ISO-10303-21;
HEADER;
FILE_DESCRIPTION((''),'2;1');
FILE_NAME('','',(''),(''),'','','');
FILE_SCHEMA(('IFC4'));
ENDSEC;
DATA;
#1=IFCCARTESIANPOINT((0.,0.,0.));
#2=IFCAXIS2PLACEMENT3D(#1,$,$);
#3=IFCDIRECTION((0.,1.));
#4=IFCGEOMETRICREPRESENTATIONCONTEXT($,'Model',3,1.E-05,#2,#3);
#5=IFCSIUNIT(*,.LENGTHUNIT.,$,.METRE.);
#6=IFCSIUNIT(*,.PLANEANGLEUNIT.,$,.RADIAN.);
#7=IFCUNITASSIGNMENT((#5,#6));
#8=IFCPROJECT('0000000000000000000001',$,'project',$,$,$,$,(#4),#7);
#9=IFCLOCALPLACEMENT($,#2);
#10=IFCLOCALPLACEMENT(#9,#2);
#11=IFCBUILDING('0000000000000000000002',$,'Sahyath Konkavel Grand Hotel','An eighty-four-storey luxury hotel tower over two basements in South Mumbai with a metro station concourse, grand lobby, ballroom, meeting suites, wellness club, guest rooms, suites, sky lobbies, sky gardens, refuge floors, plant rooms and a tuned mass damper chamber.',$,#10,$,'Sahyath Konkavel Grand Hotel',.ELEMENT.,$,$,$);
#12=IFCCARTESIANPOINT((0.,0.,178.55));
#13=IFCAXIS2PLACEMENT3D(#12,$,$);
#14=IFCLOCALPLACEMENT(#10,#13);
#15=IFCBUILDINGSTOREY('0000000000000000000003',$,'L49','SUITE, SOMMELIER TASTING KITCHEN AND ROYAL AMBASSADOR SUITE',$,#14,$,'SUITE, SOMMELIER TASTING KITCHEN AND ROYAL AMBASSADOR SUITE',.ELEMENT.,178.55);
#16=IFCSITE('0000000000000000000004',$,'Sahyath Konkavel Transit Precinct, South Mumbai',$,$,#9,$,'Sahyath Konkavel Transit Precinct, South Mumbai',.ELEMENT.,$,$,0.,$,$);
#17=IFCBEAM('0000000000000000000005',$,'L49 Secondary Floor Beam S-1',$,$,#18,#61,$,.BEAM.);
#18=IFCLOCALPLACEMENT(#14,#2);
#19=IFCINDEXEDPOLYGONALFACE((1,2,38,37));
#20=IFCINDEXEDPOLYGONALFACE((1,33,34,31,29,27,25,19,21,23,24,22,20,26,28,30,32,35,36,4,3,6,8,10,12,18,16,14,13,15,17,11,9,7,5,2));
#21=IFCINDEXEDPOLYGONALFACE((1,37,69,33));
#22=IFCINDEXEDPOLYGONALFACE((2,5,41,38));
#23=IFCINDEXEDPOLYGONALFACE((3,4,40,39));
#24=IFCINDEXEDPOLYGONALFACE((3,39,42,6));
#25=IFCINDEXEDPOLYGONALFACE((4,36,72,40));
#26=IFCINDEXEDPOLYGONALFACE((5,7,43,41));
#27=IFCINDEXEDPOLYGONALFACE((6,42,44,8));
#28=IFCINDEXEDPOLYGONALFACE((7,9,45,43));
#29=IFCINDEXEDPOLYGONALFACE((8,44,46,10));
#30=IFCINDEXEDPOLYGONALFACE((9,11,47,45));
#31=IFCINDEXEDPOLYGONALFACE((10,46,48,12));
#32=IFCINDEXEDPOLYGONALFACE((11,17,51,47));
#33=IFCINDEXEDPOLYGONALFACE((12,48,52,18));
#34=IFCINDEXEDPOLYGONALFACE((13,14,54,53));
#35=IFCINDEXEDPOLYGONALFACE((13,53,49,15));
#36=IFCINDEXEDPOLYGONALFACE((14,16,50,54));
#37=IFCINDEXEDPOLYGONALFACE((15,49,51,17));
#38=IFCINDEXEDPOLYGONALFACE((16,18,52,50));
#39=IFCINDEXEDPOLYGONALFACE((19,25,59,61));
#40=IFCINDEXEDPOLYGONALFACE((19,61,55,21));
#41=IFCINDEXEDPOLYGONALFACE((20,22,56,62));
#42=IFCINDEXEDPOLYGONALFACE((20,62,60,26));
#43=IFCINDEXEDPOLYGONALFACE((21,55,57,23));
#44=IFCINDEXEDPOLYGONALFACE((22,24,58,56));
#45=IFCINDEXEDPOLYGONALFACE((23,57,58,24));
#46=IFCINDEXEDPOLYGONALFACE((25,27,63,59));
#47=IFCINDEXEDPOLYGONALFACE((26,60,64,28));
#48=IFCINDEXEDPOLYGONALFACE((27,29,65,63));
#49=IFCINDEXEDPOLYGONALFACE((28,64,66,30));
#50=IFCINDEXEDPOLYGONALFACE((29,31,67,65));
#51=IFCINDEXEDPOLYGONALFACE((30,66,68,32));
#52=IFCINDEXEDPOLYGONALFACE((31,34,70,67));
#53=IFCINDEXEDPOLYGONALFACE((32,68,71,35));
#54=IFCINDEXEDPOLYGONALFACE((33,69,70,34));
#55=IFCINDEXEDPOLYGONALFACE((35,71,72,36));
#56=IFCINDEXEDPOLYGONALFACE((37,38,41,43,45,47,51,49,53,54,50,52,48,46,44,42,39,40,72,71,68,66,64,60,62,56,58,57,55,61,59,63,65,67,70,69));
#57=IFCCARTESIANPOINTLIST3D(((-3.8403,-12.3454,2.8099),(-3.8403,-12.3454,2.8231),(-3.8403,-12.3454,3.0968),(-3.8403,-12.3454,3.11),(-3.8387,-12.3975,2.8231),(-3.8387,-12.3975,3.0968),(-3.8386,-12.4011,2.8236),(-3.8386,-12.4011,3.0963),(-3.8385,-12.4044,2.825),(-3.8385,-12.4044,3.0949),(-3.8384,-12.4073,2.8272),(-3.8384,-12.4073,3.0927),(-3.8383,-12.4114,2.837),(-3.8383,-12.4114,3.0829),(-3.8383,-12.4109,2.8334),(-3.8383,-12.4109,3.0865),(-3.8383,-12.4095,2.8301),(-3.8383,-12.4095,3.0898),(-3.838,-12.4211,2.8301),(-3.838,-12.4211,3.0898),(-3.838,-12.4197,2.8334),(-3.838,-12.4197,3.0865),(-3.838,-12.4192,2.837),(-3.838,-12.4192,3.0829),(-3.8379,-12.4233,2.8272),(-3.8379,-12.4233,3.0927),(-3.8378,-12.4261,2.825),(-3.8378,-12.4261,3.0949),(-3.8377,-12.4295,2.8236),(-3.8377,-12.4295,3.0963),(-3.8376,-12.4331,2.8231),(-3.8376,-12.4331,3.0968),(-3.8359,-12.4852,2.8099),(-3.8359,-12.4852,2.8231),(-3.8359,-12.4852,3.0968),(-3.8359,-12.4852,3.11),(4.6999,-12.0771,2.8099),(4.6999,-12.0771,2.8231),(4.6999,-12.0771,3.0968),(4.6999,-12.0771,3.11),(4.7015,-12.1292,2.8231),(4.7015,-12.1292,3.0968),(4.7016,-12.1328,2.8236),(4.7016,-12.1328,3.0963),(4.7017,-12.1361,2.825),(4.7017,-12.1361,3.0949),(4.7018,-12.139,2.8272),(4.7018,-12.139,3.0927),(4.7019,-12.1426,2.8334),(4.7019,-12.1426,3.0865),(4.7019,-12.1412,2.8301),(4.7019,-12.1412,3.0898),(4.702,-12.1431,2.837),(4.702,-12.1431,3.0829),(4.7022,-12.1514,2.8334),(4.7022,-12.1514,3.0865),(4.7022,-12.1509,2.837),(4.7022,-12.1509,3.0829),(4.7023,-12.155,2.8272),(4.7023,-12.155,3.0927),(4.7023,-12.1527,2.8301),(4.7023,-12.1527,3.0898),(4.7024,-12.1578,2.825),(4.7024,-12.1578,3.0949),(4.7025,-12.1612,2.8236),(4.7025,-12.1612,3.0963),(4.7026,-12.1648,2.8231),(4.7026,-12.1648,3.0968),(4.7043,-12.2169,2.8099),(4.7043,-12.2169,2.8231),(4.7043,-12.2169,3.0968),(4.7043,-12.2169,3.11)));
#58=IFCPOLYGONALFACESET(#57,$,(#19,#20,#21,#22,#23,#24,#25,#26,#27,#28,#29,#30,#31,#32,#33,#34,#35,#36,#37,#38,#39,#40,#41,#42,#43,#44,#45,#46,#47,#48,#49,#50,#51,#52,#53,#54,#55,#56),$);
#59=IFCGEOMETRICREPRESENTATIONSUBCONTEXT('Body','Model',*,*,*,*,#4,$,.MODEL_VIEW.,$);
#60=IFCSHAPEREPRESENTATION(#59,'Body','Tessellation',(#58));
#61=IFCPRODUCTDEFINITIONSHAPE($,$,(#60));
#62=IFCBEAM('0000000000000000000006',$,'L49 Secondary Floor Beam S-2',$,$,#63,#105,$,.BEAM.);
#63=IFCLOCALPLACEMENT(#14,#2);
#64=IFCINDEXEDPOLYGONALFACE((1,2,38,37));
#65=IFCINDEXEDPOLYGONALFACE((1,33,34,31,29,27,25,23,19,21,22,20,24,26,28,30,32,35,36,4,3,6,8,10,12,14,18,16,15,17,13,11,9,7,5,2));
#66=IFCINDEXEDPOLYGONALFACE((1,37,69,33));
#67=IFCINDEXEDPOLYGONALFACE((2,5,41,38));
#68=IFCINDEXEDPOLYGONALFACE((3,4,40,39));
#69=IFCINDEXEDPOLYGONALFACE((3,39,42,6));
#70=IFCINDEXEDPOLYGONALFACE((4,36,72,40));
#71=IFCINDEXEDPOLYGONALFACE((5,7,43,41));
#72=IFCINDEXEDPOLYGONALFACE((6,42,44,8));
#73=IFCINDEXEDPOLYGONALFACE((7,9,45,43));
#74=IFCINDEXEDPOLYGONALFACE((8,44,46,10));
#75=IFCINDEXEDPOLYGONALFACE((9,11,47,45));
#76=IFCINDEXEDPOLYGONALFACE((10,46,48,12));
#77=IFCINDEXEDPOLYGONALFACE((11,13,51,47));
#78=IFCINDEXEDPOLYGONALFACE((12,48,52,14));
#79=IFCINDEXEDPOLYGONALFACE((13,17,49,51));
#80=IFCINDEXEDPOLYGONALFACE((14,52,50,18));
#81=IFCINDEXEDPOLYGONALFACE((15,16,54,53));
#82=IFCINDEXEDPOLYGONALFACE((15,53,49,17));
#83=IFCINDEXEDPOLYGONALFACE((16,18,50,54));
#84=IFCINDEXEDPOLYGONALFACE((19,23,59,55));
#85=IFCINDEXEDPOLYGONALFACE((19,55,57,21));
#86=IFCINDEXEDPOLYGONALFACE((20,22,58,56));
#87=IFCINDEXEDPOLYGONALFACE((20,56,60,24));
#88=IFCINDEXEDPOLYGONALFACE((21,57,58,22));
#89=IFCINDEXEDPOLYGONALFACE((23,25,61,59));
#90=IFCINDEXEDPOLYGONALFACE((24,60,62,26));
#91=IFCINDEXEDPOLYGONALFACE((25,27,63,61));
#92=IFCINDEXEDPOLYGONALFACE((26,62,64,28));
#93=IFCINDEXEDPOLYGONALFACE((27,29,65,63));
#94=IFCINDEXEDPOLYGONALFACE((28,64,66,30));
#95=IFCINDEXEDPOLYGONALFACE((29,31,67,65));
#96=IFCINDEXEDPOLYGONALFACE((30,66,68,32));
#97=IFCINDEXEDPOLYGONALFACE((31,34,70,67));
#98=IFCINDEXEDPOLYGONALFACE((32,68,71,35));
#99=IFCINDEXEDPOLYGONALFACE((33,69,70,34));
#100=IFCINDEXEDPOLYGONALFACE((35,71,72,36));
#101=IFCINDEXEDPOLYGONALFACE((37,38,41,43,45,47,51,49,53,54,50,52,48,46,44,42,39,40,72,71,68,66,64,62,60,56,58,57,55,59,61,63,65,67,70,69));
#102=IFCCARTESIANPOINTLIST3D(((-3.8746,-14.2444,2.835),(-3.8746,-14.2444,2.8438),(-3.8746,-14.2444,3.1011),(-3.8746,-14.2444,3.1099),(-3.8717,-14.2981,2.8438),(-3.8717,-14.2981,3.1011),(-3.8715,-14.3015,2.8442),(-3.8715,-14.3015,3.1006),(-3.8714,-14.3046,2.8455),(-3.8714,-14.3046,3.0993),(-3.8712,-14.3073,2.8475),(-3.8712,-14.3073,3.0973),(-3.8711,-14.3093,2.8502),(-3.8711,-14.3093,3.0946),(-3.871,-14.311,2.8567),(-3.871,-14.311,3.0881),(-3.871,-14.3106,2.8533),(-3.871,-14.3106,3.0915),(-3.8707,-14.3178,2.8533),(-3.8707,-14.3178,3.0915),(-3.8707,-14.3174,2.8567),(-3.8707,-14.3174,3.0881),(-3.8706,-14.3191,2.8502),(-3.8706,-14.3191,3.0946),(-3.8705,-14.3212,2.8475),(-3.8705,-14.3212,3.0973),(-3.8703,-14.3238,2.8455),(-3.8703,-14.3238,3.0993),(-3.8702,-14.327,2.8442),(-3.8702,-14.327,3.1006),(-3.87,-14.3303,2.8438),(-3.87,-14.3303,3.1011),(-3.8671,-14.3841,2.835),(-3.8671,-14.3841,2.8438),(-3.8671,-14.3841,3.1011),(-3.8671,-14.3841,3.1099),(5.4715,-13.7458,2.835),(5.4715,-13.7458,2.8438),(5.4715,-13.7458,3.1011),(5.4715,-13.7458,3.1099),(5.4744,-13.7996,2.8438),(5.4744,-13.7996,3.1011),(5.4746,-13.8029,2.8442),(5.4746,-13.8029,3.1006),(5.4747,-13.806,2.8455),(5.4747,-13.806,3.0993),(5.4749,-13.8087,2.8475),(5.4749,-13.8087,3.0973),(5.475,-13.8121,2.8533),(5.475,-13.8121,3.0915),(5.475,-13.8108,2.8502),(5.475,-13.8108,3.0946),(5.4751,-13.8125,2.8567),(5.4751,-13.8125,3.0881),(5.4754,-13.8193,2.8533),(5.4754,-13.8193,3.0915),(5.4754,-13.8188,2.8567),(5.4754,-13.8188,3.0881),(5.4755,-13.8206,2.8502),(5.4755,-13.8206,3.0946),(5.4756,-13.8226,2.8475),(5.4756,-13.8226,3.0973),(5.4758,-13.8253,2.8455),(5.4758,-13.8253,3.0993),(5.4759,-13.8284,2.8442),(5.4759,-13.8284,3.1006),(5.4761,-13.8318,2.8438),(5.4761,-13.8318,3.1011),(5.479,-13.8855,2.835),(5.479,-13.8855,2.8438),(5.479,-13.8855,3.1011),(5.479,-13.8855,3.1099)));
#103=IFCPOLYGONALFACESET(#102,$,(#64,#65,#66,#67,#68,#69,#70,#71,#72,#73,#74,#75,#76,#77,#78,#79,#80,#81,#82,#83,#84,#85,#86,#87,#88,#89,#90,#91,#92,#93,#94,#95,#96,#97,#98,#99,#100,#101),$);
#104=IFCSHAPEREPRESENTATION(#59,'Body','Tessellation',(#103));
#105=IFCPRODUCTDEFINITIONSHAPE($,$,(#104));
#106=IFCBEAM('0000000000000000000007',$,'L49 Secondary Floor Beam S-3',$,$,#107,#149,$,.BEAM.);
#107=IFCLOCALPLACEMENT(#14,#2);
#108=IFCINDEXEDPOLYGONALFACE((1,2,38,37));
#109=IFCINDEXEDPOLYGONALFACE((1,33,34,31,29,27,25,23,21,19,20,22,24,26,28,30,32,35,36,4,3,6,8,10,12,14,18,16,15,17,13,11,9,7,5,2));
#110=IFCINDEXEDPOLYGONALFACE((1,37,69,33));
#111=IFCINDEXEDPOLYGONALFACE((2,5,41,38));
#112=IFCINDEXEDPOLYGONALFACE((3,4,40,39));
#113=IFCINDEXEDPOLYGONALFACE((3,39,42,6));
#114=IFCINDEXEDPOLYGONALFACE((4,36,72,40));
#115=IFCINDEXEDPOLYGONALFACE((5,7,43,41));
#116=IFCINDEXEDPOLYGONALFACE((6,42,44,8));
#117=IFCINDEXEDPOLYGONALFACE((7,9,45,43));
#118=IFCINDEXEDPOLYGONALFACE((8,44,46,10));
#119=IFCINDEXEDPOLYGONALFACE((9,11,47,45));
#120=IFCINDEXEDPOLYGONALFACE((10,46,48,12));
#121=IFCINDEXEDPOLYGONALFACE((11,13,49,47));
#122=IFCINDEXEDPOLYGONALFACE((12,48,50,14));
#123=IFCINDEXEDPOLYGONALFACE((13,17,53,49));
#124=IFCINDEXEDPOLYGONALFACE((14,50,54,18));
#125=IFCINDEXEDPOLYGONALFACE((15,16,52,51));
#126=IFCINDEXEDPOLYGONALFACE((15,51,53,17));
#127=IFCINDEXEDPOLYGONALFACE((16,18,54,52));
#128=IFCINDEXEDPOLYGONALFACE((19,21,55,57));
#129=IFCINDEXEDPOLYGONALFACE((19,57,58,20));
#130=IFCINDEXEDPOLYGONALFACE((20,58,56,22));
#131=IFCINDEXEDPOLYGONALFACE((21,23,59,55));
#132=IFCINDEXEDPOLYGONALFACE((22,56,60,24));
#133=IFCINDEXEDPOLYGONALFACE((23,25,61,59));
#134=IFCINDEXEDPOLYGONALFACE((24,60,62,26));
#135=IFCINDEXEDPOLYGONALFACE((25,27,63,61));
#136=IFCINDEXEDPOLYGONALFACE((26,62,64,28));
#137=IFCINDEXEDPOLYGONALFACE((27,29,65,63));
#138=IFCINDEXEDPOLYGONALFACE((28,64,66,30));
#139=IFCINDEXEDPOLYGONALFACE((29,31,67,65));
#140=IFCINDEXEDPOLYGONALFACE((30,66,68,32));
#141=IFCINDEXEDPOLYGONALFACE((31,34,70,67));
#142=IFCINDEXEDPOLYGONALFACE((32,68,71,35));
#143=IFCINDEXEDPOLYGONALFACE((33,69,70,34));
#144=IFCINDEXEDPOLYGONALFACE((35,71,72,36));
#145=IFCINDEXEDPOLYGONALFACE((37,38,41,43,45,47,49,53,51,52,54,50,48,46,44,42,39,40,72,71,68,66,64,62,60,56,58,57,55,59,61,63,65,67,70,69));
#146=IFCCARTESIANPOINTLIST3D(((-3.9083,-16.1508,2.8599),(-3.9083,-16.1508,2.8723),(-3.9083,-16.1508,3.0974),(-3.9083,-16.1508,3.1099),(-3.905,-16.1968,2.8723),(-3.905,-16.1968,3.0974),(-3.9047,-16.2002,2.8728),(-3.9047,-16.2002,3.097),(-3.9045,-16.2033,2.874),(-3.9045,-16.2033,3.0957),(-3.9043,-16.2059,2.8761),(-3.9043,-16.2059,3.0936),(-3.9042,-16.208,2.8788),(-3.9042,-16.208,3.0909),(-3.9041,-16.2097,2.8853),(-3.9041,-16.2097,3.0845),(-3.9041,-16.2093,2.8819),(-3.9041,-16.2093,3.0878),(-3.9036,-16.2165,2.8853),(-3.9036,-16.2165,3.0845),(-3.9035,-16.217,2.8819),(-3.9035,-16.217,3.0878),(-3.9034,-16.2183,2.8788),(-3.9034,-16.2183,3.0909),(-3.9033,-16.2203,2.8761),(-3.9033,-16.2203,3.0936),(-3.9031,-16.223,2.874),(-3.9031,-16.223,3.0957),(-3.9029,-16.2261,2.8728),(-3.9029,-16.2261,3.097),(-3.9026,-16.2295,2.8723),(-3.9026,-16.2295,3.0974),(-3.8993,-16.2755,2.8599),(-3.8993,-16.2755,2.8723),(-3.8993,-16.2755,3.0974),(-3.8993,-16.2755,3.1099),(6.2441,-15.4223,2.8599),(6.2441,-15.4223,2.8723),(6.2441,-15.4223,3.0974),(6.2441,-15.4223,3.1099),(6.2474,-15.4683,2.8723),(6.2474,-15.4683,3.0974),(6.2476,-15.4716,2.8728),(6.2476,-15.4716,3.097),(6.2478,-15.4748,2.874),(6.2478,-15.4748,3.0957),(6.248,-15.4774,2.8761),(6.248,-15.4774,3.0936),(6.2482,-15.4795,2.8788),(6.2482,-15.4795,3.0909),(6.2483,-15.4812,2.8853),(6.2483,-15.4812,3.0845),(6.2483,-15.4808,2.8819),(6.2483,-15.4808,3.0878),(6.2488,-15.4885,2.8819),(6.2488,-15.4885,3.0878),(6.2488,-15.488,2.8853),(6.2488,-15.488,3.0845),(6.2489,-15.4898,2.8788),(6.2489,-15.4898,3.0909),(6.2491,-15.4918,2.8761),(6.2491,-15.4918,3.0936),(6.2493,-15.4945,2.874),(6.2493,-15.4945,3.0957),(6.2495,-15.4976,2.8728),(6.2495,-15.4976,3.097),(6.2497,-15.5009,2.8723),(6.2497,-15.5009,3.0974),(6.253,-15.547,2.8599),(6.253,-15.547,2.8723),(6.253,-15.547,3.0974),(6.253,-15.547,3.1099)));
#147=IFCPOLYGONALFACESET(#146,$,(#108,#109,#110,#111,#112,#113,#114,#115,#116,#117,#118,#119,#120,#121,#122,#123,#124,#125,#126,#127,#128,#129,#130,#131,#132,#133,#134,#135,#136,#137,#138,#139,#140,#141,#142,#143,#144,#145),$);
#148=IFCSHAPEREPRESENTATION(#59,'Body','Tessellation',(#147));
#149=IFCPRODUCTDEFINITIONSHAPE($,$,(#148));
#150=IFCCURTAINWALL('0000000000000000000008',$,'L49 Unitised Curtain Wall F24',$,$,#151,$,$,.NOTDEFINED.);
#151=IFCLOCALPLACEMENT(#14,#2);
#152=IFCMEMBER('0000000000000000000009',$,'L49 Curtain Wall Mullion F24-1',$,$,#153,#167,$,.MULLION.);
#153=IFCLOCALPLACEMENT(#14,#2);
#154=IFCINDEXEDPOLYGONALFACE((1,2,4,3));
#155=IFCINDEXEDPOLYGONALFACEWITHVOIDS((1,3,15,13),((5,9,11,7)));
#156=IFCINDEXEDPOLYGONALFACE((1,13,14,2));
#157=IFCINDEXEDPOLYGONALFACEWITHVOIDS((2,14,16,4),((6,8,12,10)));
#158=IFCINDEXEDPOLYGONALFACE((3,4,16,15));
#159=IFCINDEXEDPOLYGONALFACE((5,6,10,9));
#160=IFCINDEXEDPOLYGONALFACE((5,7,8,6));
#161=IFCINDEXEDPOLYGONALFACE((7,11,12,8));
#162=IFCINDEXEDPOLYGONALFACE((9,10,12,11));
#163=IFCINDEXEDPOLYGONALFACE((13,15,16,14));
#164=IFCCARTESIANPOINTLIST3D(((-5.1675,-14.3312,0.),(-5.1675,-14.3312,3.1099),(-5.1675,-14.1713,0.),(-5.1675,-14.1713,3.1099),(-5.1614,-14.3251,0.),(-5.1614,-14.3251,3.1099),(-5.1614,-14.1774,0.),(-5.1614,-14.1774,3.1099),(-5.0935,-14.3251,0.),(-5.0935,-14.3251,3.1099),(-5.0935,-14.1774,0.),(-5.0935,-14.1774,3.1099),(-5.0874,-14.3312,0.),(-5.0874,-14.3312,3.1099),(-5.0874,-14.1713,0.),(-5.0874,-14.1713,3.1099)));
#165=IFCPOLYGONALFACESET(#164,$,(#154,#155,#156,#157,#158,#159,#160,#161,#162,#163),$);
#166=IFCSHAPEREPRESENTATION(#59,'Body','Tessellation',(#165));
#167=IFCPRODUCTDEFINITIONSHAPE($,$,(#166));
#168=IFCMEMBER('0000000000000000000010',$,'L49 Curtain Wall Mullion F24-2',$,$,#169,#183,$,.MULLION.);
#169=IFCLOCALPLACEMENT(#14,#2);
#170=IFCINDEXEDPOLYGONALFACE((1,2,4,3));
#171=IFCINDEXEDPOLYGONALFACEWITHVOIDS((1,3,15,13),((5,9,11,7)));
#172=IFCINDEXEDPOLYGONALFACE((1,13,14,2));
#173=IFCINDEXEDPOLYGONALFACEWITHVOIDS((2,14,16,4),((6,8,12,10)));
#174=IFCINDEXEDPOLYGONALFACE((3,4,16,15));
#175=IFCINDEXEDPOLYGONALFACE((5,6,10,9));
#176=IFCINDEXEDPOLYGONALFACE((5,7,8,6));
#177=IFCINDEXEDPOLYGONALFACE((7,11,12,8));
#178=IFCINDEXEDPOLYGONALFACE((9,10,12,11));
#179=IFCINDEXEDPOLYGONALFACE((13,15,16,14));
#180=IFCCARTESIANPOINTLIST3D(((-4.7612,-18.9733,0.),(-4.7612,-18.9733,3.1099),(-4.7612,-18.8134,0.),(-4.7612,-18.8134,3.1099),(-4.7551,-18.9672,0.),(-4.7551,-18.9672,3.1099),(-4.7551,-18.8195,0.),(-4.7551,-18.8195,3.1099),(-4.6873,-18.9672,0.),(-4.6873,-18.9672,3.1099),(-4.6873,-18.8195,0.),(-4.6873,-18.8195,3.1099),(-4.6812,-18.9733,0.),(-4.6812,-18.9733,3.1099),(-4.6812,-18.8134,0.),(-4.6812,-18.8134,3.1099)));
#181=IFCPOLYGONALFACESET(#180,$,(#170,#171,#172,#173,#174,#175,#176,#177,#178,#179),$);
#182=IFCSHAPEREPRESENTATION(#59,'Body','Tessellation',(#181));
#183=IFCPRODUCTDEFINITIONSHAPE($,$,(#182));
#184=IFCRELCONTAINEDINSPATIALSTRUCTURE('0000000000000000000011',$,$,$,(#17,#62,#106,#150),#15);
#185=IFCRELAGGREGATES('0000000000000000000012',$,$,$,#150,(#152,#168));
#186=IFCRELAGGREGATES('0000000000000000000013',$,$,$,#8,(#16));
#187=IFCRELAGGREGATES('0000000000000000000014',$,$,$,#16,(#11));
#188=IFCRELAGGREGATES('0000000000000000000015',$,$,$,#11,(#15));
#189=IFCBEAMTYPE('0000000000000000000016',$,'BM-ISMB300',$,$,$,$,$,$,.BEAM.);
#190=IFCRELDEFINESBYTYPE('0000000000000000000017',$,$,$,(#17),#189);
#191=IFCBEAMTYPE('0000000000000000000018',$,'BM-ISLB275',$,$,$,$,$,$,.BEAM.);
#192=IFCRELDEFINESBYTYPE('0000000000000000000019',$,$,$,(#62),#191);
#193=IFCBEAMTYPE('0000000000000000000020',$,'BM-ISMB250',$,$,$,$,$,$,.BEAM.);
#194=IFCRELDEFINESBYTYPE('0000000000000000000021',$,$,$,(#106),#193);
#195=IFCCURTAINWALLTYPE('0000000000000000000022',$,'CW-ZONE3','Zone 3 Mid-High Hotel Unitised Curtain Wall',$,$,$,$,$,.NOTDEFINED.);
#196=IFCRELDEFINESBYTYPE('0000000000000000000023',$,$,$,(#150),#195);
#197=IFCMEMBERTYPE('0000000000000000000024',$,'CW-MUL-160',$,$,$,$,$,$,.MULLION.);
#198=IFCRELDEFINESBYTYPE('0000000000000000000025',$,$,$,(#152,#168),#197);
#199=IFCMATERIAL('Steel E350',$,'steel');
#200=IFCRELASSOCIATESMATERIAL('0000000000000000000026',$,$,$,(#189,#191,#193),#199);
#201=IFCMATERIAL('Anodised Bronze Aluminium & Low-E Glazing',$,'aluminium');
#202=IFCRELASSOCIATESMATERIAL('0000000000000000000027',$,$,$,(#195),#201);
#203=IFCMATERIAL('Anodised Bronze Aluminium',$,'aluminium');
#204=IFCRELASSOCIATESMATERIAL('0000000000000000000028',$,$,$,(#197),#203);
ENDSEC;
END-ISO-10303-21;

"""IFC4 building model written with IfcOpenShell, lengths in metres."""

from ifc_helpers import new_model, si_unit, direction, frame, origin, origin_2d, place, context, subcontext, project, spatial, hollow_rectangle, i_section, extrude, source, transform, mapped, material, material_profile, profile_set, type_object, element, aggregate, save


model = new_model("IFC4")

# Units and contexts
model_context = context("Model", 3, precision=1e-05, world=origin(), true_north=direction((0.0, 1.0)))
body_context = subcontext(model_context, "Body", "Model", "MODEL_VIEW")
ifc_project = project(units=[si_unit("LENGTHUNIT", "METRE"), si_unit("PLANEANGLEUNIT", "RADIAN")], contexts=[model_context])

# Site, building, storey
site_placement = place(None, origin())
site = spatial("IfcSite", under=ifc_project, at=site_placement, Name="Sahyath Konkavel Transit Precinct, South Mumbai", LongName="Sahyath Konkavel Transit Precinct, South Mumbai", CompositionType="ELEMENT", RefElevation=0.0)
building_placement = place(site_placement, origin())
building = spatial("IfcBuilding", under=site, at=building_placement, Name="Sahyath Konkavel Grand Hotel", Description="An eighty-four-storey luxury hotel tower over two basements in South Mumbai with a metro station concourse, grand lobby, ballroom, meeting suites, wellness club, guest rooms, suites, sky lobbies, sky gardens, refuge floors, plant rooms and a tuned mass damper chamber.", LongName="Sahyath Konkavel Grand Hotel", CompositionType="ELEMENT")
storey_placement = place(building_placement, frame((0.0, 0.0, 178.55)))
storey = spatial("IfcBuildingStorey", under=building, at=storey_placement, Name="L49", Description="SUITE, SOMMELIER TASTING KITCHEN AND ROYAL AMBASSADOR SUITE", LongName="SUITE, SOMMELIER TASTING KITCHEN AND ROYAL AMBASSADOR SUITE", CompositionType="ELEMENT", Elevation=178.55)

# Beams
ifc_material_1 = material(Name="Steel E350", Category="steel")
ifc_material_profile_1 = material_profile(ifc_material_1, i_section(OverallWidth=0.1399, OverallDepth=0.3, WebThickness=0.0078, FlangeThickness=0.0132, FilletRadius=0.0139, at=origin_2d()), Name="ISMB 300")
ifc_profile_set_1 = profile_set([ifc_material_profile_1], Name="Steel E350")
beam_type_1 = type_object("IfcBeamType", Name="BM-ISMB300", PredefinedType="BEAM", material=ifc_profile_set_1)
shared_shape_1 = source(origin(), body_context, "Body", "SweptSolid", [
    extrude(i_section(OverallWidth=0.1399, OverallDepth=0.3, WebThickness=0.0078, FlangeThickness=0.0132, FilletRadius=0.0139, at=origin_2d()), origin(), (0.0, 0.0, 1.0), 8.5444),
])
beam_1_placement = place(storey_placement, frame((-3.8381, -12.4153, 2.96), z_axis=(0.999507, 0.031402, 0.0), x_axis=(-0.031402, 0.999507, 0.0)))
element("IfcBeam", 1, at=beam_1_placement, inside=storey, type_object=beam_type_1, Name="L49 Secondary Floor Beam S-1", PredefinedType="BEAM", context=body_context, shape_type="MappedRepresentation", body=[
    mapped(shared_shape_1, transform((0.0, 0.0, 0.0), scale=1.0)),
])
ifc_material_profile_2 = material_profile(ifc_material_1, i_section(OverallWidth=0.1399, OverallDepth=0.2749, WebThickness=0.0063, FlangeThickness=0.0088, FilletRadius=0.0129, at=origin_2d()), Name="ISLB 275")
ifc_profile_set_2 = profile_set([ifc_material_profile_2], Name="Steel E350")
beam_type_2 = type_object("IfcBeamType", Name="BM-ISLB275", PredefinedType="BEAM", material=ifc_profile_set_2)
shared_shape_2 = source(origin(), body_context, "Body", "SweptSolid", [
    extrude(i_section(OverallWidth=0.1399, OverallDepth=0.2749, WebThickness=0.0063, FlangeThickness=0.0088, FilletRadius=0.0129, at=origin_2d()), origin(), (0.0, 0.0, 1.0), 9.3594),
])
beam_2_placement = place(storey_placement, frame((-3.8708, -14.3142, 2.9724), z_axis=(0.99858, 0.053265, 0.0), x_axis=(-0.053265, 0.99858, 0.0)))
element("IfcBeam", 2, at=beam_2_placement, inside=storey, type_object=beam_type_2, Name="L49 Secondary Floor Beam S-2", PredefinedType="BEAM", context=body_context, shape_type="MappedRepresentation", body=[
    mapped(shared_shape_2, transform((0.0, 0.0, 0.0), scale=1.0)),
])
ifc_material_profile_3 = material_profile(ifc_material_1, i_section(OverallWidth=0.125, OverallDepth=0.25, WebThickness=0.0068, FlangeThickness=0.0125, FilletRadius=0.0129, at=origin_2d()), Name="ISMB 250")
ifc_profile_set_3 = profile_set([ifc_material_profile_3], Name="Steel E350")
beam_type_3 = type_object("IfcBeamType", Name="BM-ISMB250", PredefinedType="BEAM", material=ifc_profile_set_3)
shared_shape_3 = source(origin(), body_context, "Body", "SweptSolid", [
    extrude(i_section(OverallWidth=0.125, OverallDepth=0.25, WebThickness=0.0068, FlangeThickness=0.0125, FilletRadius=0.0129, at=origin_2d()), origin(), (0.0, 0.0, 1.0), 10.1785),
])
beam_3_placement = place(storey_placement, frame((-3.9038, -16.2131, 2.9849), z_axis=(0.997435, 0.071574, 0.0), x_axis=(-0.071574, 0.997435, 0.0)))
element("IfcBeam", 3, at=beam_3_placement, inside=storey, type_object=beam_type_3, Name="L49 Secondary Floor Beam S-3", PredefinedType="BEAM", context=body_context, shape_type="MappedRepresentation", body=[
    mapped(shared_shape_3, transform((0.0, 0.0, 0.0), scale=1.0)),
])

# Curtain wall, members
ifc_material_2 = material(Name="Anodised Bronze Aluminium & Low-E Glazing", Category="aluminium")
curtain_wall_type = type_object("IfcCurtainWallType", Name="CW-ZONE3", Description="Zone 3 Mid-High Hotel Unitised Curtain Wall", PredefinedType="NOTDEFINED", material=ifc_material_2)
curtain_wall_1_placement = place(storey_placement, origin())
curtain_wall_1 = element("IfcCurtainWall", 4, at=curtain_wall_1_placement, inside=storey, type_object=curtain_wall_type, Name="L49 Unitised Curtain Wall F24", PredefinedType="NOTDEFINED")
ifc_material_3 = material(Name="Anodised Bronze Aluminium", Category="aluminium")
ifc_material_profile_4 = material_profile(ifc_material_3, hollow_rectangle(XDim=0.0801, YDim=0.1599, WallThickness=0.0061, at=origin_2d()), Name="RHS 160x80x6")
ifc_profile_set_4 = profile_set([ifc_material_profile_4], Name="Anodised Bronze Aluminium")
member_type_1 = type_object("IfcMemberType", Name="CW-MUL-160", PredefinedType="MULLION", material=ifc_profile_set_4)
shared_shape_4 = source(origin(), body_context, "Body", "SweptSolid", [
    extrude(hollow_rectangle(XDim=0.0801, YDim=0.1599, WallThickness=0.0061, at=origin_2d()), origin(), (0.0, 0.0, 1.0), 3.1099),
])
member_1_placement = place(storey_placement, frame((-5.1274, -14.2512, 0.0), z_axis=(0.0, 0.0, 1.0), x_axis=(1.0, 0.0, 0.0)))
member_1 = element("IfcMember", 5, at=member_1_placement, type_object=member_type_1, Name="L49 Curtain Wall Mullion F24-1", PredefinedType="MULLION", context=body_context, shape_type="MappedRepresentation", body=[
    mapped(shared_shape_4, transform((0.0, 0.0, 0.0), scale=1.0)),
])
member_2_placement = place(storey_placement, frame((-4.7212, -18.8933, 0.0), z_axis=(0.0, 0.0, 1.0), x_axis=(1.0, 0.0, 0.0)))
member_2 = element("IfcMember", 6, at=member_2_placement, type_object=member_type_1, Name="L49 Curtain Wall Mullion F24-2", PredefinedType="MULLION", context=body_context, shape_type="MappedRepresentation", body=[
    mapped(shared_shape_4, transform((0.0, 0.0, 0.0), scale=1.0)),
])

aggregate(curtain_wall_1, [member_1, member_2])

save(model, "model.ifc")
